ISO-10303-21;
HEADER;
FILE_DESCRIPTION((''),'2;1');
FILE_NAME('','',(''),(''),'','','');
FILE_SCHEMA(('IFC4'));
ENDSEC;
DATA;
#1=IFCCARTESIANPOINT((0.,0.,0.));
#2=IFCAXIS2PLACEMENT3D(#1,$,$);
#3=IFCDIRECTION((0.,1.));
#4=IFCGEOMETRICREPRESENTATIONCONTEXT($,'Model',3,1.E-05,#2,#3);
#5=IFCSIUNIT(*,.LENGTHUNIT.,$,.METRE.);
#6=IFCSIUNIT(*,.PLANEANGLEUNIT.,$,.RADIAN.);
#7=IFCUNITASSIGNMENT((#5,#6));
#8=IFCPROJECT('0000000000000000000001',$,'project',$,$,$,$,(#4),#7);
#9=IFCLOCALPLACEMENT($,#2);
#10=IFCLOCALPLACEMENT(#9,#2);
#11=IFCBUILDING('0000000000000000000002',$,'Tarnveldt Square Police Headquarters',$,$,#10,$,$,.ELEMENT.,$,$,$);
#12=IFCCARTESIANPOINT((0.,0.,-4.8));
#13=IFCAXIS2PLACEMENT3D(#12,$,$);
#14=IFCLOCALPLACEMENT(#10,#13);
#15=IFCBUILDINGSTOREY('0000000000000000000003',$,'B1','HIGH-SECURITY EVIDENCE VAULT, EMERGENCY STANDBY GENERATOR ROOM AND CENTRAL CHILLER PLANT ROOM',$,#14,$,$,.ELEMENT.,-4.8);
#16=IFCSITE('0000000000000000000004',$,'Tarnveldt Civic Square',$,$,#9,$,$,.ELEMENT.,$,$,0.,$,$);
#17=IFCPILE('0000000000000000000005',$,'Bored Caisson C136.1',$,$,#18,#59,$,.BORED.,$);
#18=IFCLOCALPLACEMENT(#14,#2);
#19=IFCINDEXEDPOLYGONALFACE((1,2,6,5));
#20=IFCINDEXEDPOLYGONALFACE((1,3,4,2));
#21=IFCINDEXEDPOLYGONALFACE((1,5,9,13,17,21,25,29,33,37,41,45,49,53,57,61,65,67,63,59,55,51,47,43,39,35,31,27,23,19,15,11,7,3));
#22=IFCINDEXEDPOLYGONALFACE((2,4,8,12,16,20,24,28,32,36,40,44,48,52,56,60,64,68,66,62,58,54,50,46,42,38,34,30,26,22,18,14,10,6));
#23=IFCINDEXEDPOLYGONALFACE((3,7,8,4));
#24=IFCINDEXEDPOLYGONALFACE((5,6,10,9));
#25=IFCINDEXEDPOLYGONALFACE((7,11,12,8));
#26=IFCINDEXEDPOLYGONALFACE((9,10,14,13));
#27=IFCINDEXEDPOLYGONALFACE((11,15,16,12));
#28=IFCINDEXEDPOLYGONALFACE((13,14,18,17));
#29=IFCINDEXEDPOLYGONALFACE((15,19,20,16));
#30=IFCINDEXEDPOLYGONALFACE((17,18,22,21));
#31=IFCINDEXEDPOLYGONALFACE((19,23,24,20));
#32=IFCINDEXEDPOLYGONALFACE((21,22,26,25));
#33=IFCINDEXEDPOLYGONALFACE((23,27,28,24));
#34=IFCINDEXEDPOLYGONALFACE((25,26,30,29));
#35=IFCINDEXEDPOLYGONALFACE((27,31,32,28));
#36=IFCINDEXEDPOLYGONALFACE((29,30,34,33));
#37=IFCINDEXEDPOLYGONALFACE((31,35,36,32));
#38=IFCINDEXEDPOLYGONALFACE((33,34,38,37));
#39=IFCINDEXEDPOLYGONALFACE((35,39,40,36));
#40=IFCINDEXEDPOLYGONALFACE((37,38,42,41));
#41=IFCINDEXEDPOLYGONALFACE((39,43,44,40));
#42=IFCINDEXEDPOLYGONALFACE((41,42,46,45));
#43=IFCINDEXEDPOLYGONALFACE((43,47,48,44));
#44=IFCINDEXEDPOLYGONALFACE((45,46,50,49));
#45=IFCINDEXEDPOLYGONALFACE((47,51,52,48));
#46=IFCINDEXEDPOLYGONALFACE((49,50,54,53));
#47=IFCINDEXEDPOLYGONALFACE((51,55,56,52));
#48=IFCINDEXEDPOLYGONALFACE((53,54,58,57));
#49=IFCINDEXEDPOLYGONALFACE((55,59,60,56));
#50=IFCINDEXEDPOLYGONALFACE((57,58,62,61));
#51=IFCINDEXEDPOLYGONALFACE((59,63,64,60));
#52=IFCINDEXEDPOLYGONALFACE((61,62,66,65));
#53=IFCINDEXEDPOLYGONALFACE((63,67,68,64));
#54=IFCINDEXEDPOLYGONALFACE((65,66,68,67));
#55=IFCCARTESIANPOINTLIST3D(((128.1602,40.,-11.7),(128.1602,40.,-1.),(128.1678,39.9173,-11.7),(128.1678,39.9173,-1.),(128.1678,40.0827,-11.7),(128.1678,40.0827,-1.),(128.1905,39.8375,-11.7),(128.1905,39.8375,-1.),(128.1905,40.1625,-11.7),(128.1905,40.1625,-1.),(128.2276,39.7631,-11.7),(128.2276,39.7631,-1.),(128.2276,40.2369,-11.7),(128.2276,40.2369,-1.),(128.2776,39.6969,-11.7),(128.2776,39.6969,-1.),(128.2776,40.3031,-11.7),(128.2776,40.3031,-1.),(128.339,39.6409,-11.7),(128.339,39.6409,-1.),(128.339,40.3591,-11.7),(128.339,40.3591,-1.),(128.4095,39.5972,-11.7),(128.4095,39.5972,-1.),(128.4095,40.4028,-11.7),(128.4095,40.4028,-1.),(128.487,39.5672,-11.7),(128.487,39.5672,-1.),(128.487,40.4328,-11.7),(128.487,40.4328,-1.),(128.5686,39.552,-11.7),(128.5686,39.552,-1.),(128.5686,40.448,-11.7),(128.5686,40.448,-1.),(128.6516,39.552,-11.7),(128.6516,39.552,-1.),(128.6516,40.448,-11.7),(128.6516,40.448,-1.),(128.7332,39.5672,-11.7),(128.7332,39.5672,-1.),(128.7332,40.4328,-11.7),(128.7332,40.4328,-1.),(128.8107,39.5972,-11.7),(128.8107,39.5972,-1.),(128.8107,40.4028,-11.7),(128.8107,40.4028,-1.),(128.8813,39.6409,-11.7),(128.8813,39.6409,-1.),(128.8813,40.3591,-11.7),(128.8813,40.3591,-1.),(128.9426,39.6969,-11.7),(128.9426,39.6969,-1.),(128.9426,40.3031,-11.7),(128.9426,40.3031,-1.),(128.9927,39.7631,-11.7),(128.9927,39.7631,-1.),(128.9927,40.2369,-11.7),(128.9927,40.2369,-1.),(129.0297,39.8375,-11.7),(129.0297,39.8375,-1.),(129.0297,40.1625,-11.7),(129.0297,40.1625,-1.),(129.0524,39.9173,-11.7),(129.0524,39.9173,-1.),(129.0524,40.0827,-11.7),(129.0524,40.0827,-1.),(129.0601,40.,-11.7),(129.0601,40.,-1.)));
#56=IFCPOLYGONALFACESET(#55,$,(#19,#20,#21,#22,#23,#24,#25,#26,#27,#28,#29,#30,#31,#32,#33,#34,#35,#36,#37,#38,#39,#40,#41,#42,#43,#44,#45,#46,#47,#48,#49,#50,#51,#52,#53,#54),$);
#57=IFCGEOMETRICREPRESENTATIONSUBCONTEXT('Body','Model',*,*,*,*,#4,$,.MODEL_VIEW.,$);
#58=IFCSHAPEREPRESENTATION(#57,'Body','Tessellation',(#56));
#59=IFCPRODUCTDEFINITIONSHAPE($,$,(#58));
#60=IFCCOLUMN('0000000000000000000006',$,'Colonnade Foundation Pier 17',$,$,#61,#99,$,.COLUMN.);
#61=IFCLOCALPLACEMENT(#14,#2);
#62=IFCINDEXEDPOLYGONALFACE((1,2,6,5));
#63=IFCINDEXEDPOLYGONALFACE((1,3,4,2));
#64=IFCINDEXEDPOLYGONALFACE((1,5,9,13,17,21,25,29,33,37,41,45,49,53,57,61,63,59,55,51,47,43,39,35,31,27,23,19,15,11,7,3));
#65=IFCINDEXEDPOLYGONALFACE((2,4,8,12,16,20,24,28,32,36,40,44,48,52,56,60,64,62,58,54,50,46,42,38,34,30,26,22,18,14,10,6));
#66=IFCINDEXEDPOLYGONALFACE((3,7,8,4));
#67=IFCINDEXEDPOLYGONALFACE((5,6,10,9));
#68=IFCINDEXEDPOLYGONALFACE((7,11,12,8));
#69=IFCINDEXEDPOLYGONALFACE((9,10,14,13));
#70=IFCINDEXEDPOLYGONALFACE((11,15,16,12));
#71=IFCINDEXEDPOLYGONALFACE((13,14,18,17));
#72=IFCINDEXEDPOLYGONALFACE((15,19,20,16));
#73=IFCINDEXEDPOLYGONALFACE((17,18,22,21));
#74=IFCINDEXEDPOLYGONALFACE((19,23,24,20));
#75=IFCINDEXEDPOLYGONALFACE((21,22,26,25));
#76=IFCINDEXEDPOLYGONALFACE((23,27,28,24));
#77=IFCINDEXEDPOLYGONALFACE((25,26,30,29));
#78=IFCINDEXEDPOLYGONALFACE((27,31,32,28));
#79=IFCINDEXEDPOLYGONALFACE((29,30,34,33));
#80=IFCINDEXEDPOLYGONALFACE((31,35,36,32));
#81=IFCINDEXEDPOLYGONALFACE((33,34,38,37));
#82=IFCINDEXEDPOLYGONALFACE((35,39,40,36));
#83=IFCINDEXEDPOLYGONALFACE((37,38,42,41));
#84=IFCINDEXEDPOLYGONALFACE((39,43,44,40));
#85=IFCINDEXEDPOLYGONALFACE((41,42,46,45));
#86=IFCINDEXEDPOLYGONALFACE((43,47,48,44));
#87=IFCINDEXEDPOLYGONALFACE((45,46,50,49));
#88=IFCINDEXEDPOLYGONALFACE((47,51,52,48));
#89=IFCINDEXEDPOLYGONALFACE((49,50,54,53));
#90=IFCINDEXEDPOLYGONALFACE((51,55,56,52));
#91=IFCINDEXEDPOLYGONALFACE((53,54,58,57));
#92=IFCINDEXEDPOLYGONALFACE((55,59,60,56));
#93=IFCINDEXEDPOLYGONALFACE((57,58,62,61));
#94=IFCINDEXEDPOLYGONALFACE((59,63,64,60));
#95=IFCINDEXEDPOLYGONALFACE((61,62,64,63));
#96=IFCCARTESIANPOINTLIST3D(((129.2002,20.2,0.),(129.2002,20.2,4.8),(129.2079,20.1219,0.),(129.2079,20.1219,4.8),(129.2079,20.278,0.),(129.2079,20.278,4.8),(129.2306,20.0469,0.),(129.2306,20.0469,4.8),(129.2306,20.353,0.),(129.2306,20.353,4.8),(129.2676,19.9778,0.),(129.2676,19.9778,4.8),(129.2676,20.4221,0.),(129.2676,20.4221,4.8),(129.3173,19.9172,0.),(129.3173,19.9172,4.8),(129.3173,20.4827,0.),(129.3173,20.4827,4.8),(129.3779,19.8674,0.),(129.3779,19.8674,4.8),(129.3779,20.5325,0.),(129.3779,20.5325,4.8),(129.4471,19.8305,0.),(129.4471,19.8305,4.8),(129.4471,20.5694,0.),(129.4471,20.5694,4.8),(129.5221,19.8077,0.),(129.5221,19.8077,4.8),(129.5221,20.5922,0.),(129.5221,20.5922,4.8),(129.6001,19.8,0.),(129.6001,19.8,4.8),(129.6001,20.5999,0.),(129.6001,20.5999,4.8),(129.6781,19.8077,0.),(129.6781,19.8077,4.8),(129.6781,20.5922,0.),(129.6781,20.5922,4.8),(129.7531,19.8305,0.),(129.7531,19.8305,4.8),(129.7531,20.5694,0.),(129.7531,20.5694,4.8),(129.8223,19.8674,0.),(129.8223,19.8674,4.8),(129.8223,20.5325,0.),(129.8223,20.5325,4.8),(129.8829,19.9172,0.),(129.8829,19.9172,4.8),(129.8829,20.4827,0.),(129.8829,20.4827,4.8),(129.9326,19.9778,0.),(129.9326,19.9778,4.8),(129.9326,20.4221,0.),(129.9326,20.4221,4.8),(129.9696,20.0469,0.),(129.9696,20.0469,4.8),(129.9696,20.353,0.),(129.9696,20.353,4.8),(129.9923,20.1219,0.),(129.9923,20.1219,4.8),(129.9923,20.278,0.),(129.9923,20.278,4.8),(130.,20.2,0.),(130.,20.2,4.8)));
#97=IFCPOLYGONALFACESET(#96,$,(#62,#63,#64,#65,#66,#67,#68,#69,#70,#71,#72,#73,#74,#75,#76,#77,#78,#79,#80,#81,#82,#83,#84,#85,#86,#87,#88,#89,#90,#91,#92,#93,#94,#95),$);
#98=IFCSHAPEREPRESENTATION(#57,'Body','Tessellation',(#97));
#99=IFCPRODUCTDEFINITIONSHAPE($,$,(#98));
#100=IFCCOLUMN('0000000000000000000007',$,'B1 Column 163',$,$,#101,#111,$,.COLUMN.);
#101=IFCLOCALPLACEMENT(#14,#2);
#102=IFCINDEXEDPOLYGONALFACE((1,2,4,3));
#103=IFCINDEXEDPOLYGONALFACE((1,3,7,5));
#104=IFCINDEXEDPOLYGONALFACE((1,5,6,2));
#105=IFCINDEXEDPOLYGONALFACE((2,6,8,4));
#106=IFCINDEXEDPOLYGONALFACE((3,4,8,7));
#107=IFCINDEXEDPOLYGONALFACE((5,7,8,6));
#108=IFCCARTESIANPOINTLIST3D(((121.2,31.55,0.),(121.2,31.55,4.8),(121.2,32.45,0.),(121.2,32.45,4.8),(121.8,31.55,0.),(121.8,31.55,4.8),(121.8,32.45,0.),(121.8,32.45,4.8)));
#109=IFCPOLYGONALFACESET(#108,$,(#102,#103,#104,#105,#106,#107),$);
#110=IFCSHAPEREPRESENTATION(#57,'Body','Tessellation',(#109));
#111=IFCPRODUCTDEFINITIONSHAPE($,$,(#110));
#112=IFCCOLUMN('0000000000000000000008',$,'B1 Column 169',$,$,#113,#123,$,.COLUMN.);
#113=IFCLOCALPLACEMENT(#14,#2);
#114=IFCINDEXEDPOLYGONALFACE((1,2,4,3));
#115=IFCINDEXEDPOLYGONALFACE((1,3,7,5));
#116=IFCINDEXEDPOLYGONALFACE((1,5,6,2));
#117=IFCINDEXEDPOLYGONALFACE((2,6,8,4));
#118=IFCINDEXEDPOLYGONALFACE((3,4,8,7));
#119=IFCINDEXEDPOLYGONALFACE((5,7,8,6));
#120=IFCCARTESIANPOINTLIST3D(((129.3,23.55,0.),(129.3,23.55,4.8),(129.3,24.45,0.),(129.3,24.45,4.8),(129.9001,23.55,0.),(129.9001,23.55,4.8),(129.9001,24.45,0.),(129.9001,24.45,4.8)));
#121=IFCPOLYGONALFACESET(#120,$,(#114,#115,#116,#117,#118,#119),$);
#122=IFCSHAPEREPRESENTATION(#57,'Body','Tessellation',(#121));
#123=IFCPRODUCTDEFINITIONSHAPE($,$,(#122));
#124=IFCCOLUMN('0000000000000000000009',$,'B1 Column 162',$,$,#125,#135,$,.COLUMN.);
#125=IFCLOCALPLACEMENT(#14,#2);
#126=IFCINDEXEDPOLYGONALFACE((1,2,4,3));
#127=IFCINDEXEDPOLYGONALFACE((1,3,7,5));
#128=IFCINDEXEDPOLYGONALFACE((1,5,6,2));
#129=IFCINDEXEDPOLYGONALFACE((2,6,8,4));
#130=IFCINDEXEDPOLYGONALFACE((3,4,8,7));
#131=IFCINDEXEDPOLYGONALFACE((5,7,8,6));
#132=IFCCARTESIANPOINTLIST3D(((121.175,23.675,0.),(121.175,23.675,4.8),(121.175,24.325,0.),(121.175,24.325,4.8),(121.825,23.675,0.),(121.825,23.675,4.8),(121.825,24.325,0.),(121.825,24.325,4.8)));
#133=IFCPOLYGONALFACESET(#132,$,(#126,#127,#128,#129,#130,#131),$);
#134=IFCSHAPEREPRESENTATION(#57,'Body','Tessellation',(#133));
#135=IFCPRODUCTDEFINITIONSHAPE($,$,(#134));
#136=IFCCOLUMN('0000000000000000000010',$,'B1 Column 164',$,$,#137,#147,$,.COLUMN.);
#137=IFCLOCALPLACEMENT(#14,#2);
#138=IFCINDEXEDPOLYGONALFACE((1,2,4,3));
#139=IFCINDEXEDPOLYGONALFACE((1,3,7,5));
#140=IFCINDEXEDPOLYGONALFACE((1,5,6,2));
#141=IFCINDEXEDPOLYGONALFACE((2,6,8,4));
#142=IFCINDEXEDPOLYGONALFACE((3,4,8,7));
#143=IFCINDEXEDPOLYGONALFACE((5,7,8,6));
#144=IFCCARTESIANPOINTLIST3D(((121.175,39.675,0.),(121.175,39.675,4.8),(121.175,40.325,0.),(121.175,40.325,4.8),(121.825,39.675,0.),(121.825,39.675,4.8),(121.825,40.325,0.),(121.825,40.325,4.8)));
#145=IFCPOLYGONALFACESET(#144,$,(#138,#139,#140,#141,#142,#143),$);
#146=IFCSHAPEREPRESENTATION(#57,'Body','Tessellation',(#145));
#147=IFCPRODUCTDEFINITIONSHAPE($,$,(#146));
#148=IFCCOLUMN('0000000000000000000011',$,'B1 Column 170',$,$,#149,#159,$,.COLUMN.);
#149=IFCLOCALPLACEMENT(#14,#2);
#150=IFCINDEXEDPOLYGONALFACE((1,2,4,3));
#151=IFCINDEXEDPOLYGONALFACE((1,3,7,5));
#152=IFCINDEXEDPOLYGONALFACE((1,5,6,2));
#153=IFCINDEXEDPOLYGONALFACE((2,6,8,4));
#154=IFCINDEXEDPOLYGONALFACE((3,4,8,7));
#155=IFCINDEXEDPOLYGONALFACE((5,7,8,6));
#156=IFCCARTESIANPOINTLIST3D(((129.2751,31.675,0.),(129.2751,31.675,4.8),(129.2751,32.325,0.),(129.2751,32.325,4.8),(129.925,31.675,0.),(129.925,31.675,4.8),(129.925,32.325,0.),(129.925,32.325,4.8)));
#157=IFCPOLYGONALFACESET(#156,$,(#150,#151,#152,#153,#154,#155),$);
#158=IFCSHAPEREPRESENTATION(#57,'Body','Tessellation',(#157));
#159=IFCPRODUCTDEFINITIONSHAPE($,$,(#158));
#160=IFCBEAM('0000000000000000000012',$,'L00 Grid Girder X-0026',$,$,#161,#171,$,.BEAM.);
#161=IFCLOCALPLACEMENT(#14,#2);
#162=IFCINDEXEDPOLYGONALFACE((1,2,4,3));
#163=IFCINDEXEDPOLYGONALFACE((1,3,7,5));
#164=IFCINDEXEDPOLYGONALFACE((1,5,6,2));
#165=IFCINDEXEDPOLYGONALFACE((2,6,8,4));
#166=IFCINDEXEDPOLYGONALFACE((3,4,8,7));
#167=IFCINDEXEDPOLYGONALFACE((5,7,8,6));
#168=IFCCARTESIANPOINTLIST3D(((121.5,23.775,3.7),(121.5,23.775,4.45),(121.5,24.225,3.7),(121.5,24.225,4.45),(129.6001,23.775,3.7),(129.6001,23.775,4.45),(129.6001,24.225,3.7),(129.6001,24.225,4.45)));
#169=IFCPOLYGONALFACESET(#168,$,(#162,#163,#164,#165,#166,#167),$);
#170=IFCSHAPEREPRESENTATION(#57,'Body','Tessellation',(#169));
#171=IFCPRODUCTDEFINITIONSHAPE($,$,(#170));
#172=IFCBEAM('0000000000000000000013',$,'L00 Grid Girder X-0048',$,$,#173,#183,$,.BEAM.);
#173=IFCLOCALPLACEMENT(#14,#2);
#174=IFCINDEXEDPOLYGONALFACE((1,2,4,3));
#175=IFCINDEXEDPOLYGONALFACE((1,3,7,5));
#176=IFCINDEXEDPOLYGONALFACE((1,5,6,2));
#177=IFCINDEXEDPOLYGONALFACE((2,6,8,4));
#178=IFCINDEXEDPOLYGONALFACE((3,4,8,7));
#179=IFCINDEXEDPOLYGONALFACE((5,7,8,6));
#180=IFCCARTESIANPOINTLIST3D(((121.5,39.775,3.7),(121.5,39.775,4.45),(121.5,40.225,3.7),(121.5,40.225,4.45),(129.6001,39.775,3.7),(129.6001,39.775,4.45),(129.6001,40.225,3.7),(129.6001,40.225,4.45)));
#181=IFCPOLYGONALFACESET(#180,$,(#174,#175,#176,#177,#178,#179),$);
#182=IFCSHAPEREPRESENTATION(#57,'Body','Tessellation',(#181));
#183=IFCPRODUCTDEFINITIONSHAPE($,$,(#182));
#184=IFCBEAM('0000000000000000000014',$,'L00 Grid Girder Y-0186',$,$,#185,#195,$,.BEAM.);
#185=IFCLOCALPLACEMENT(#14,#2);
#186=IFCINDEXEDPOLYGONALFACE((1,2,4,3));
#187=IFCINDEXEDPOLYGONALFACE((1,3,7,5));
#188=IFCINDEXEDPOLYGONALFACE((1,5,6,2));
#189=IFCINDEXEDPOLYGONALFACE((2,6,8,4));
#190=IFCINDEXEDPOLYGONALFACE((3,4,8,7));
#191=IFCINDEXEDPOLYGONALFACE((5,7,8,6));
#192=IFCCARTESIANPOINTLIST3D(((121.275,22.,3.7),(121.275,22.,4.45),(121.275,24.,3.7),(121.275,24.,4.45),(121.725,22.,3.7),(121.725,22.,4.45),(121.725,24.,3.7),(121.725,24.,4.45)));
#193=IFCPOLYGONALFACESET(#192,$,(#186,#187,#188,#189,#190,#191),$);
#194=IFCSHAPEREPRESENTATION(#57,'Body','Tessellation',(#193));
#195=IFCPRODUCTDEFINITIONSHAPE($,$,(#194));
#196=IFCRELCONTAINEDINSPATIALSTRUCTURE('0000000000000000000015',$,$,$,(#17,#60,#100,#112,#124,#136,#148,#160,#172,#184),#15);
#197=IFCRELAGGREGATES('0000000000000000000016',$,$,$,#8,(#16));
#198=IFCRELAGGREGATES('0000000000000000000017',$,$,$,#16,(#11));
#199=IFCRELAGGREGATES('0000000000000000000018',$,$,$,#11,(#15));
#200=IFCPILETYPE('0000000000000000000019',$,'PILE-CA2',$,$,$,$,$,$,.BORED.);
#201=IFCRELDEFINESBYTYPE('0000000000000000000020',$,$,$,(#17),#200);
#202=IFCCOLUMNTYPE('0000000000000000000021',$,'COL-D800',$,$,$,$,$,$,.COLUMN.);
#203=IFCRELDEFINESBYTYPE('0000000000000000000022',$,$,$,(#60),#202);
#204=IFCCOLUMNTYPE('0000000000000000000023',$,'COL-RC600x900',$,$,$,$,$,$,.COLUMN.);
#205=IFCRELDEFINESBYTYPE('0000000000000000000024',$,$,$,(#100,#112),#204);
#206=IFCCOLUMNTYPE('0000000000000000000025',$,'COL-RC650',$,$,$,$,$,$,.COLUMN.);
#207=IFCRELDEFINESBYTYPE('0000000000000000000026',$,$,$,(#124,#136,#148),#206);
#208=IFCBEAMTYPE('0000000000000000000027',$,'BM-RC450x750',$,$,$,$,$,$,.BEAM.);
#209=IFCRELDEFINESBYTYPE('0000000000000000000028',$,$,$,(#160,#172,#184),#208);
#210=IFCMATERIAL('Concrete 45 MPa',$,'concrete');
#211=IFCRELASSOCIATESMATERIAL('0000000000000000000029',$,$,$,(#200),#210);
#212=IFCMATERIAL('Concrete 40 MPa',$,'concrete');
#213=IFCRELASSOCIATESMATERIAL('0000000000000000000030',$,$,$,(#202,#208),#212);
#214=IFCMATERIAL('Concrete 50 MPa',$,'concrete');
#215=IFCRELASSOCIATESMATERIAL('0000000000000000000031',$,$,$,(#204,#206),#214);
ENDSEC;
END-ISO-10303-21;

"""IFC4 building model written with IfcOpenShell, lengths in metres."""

from ifc_helpers import new_model, si_unit, direction, frame, origin, origin_2d, place, context, subcontext, project, spatial, rectangle, circle, extrude, material, material_profile, profile_set, type_object, element, save


model = new_model("IFC4")

# Units and contexts
model_context = context("Model", 3, precision=1e-05, world=origin(), true_north=direction((0.0, 1.0)))
body_context = subcontext(model_context, "Body", "Model", "MODEL_VIEW")
ifc_project = project(units=[si_unit("LENGTHUNIT", "METRE"), si_unit("PLANEANGLEUNIT", "RADIAN")], contexts=[model_context])

# Site, building, storey
site_placement = place(None, origin())
site = spatial("IfcSite", under=ifc_project, at=site_placement, Name="Tarnveldt Civic Square", CompositionType="ELEMENT", RefElevation=0.0)
building_placement = place(site_placement, origin())
building = spatial("IfcBuilding", under=site, at=building_placement, Name="Tarnveldt Square Police Headquarters", CompositionType="ELEMENT")
storey_placement = place(building_placement, frame((0.0, 0.0, -4.8)))
storey = spatial("IfcBuildingStorey", under=building, at=storey_placement, Name="B1", Description="HIGH-SECURITY EVIDENCE VAULT, EMERGENCY STANDBY GENERATOR ROOM AND CENTRAL CHILLER PLANT ROOM", CompositionType="ELEMENT", Elevation=-4.8)

# Shared definitions
ifc_material_1 = material(Name="Concrete 45 MPa", Category="concrete")
ifc_material_2 = material(Name="Concrete 40 MPa", Category="concrete")

# Pile
ifc_material_profile_1 = material_profile(ifc_material_1, circle(Radius=0.45, at=origin_2d()), Name="CAISSON-D900")
ifc_profile_set_1 = profile_set([ifc_material_profile_1], Name="Concrete 45 MPa")
pile_type = type_object("IfcPileType", Name="PILE-CA2", PredefinedType="BORED", material=ifc_profile_set_1)
for number, where, z_axis, x_axis, name in (
    (1, (128.6101, 40.0, -1.0), (0.0, 0.0, -1.0), (1.0, 0.0, 0.0), "Bored Caisson C136.1"),
):
    element("IfcPile", number, at=place(storey_placement, frame(where, z_axis=z_axis, x_axis=x_axis)), inside=storey, type_object=pile_type, Name=name, PredefinedType="BORED", context=body_context, shape_type="SweptSolid", body=[
        extrude(circle(Radius=0.45, at=origin_2d()), origin(), (0.0, 0.0, 1.0), 10.7),
    ])

# Columns
ifc_material_profile_2 = material_profile(ifc_material_2, circle(Radius=0.3999, at=origin_2d()), Name="RC-D800")
ifc_profile_set_2 = profile_set([ifc_material_profile_2], Name="Concrete 40 MPa")
column_type_1 = type_object("IfcColumnType", Name="COL-D800", PredefinedType="COLUMN", material=ifc_profile_set_2)
column_placement = place(storey_placement, frame((129.6001, 20.2, 0.0), z_axis=(0.0, 0.0, 1.0), x_axis=(1.0, 0.0, 0.0)))
element("IfcColumn", 2, at=column_placement, inside=storey, type_object=column_type_1, Name="Colonnade Foundation Pier 17", PredefinedType="COLUMN", context=body_context, shape_type="SweptSolid", body=[
    extrude(circle(Radius=0.3999, at=origin_2d()), origin(), (0.0, 0.0, 1.0), 4.8),
])
ifc_material_3 = material(Name="Concrete 50 MPa", Category="concrete")
ifc_material_profile_3 = material_profile(ifc_material_3, rectangle(XDim=0.6001, YDim=0.8999, at=origin_2d()), Name="RC-C600x900")
ifc_profile_set_3 = profile_set([ifc_material_profile_3], Name="Concrete 50 MPa")
column_type_2 = type_object("IfcColumnType", Name="COL-RC600x900", PredefinedType="COLUMN", material=ifc_profile_set_3)
for number, where, z_axis, x_axis, name in (
    (3, (121.5, 32.0, 0.0), (0.0, 0.0, 1.0), (1.0, 0.0, 0.0), "B1 Column 163"),
    (4, (129.6001, 24.0, 0.0), (0.0, 0.0, 1.0), (1.0, 0.0, 0.0), "B1 Column 169"),
):
    element("IfcColumn", number, at=place(storey_placement, frame(where, z_axis=z_axis, x_axis=x_axis)), inside=storey, type_object=column_type_2, Name=name, PredefinedType="COLUMN", context=body_context, shape_type="SweptSolid", body=[
        extrude(rectangle(XDim=0.6001, YDim=0.8999, at=origin_2d()), origin(), (0.0, 0.0, 1.0), 4.8),
    ])
ifc_material_profile_4 = material_profile(ifc_material_3, rectangle(XDim=0.6499, YDim=0.6499, at=origin_2d()), Name="RC-C650x650")
ifc_profile_set_4 = profile_set([ifc_material_profile_4], Name="Concrete 50 MPa")
column_type_3 = type_object("IfcColumnType", Name="COL-RC650", PredefinedType="COLUMN", material=ifc_profile_set_4)
for number, where, z_axis, x_axis, name in (
    (5, (121.5, 24.0, 0.0), (0.0, 0.0, 1.0), (1.0, 0.0, 0.0), "B1 Column 162"),
    (6, (121.5, 40.0, 0.0), (0.0, 0.0, 1.0), (1.0, 0.0, 0.0), "B1 Column 164"),
    (7, (129.6001, 32.0, 0.0), (0.0, 0.0, 1.0), (1.0, 0.0, 0.0), "B1 Column 170"),
):
    element("IfcColumn", number, at=place(storey_placement, frame(where, z_axis=z_axis, x_axis=x_axis)), inside=storey, type_object=column_type_3, Name=name, PredefinedType="COLUMN", context=body_context, shape_type="SweptSolid", body=[
        extrude(rectangle(XDim=0.6499, YDim=0.6499, at=origin_2d()), origin(), (0.0, 0.0, 1.0), 4.8),
    ])

# Beams
ifc_material_profile_5 = material_profile(ifc_material_2, rectangle(XDim=0.45, YDim=0.75, at=origin_2d()), Name="RC-B450x750")
ifc_profile_set_5 = profile_set([ifc_material_profile_5], Name="Concrete 40 MPa")
beam_type_1 = type_object("IfcBeamType", Name="BM-RC450x750", PredefinedType="BEAM", material=ifc_profile_set_5)
for number, where, z_axis, x_axis, name in (
    (8, (121.5, 24.0, 4.075), (1.0, 0.0, 0.0), (0.0, 1.0, 0.0), "L00 Grid Girder X-0026"),
    (9, (121.5, 40.0, 4.075), (1.0, 0.0, 0.0), (0.0, 1.0, 0.0), "L00 Grid Girder X-0048"),
):
    element("IfcBeam", number, at=place(storey_placement, frame(where, z_axis=z_axis, x_axis=x_axis)), inside=storey, type_object=beam_type_1, Name=name, PredefinedType="BEAM", context=body_context, shape_type="SweptSolid", body=[
        extrude(rectangle(XDim=0.45, YDim=0.75, at=origin_2d()), origin(), (0.0, 0.0, 1.0), 8.1001),
    ])
beam_1_placement = place(storey_placement, frame((121.5, 22.0, 4.075), z_axis=(0.0, 1.0, 0.0), x_axis=(-1.0, 0.0, 0.0)))
element("IfcBeam", 10, at=beam_1_placement, inside=storey, type_object=beam_type_1, Name="L00 Grid Girder Y-0186", PredefinedType="BEAM", context=body_context, shape_type="SweptSolid", body=[
    extrude(rectangle(XDim=0.45, YDim=0.75, at=origin_2d()), origin(), (0.0, 0.0, 1.0), 2.0),
])

save(model, "model.ifc")
